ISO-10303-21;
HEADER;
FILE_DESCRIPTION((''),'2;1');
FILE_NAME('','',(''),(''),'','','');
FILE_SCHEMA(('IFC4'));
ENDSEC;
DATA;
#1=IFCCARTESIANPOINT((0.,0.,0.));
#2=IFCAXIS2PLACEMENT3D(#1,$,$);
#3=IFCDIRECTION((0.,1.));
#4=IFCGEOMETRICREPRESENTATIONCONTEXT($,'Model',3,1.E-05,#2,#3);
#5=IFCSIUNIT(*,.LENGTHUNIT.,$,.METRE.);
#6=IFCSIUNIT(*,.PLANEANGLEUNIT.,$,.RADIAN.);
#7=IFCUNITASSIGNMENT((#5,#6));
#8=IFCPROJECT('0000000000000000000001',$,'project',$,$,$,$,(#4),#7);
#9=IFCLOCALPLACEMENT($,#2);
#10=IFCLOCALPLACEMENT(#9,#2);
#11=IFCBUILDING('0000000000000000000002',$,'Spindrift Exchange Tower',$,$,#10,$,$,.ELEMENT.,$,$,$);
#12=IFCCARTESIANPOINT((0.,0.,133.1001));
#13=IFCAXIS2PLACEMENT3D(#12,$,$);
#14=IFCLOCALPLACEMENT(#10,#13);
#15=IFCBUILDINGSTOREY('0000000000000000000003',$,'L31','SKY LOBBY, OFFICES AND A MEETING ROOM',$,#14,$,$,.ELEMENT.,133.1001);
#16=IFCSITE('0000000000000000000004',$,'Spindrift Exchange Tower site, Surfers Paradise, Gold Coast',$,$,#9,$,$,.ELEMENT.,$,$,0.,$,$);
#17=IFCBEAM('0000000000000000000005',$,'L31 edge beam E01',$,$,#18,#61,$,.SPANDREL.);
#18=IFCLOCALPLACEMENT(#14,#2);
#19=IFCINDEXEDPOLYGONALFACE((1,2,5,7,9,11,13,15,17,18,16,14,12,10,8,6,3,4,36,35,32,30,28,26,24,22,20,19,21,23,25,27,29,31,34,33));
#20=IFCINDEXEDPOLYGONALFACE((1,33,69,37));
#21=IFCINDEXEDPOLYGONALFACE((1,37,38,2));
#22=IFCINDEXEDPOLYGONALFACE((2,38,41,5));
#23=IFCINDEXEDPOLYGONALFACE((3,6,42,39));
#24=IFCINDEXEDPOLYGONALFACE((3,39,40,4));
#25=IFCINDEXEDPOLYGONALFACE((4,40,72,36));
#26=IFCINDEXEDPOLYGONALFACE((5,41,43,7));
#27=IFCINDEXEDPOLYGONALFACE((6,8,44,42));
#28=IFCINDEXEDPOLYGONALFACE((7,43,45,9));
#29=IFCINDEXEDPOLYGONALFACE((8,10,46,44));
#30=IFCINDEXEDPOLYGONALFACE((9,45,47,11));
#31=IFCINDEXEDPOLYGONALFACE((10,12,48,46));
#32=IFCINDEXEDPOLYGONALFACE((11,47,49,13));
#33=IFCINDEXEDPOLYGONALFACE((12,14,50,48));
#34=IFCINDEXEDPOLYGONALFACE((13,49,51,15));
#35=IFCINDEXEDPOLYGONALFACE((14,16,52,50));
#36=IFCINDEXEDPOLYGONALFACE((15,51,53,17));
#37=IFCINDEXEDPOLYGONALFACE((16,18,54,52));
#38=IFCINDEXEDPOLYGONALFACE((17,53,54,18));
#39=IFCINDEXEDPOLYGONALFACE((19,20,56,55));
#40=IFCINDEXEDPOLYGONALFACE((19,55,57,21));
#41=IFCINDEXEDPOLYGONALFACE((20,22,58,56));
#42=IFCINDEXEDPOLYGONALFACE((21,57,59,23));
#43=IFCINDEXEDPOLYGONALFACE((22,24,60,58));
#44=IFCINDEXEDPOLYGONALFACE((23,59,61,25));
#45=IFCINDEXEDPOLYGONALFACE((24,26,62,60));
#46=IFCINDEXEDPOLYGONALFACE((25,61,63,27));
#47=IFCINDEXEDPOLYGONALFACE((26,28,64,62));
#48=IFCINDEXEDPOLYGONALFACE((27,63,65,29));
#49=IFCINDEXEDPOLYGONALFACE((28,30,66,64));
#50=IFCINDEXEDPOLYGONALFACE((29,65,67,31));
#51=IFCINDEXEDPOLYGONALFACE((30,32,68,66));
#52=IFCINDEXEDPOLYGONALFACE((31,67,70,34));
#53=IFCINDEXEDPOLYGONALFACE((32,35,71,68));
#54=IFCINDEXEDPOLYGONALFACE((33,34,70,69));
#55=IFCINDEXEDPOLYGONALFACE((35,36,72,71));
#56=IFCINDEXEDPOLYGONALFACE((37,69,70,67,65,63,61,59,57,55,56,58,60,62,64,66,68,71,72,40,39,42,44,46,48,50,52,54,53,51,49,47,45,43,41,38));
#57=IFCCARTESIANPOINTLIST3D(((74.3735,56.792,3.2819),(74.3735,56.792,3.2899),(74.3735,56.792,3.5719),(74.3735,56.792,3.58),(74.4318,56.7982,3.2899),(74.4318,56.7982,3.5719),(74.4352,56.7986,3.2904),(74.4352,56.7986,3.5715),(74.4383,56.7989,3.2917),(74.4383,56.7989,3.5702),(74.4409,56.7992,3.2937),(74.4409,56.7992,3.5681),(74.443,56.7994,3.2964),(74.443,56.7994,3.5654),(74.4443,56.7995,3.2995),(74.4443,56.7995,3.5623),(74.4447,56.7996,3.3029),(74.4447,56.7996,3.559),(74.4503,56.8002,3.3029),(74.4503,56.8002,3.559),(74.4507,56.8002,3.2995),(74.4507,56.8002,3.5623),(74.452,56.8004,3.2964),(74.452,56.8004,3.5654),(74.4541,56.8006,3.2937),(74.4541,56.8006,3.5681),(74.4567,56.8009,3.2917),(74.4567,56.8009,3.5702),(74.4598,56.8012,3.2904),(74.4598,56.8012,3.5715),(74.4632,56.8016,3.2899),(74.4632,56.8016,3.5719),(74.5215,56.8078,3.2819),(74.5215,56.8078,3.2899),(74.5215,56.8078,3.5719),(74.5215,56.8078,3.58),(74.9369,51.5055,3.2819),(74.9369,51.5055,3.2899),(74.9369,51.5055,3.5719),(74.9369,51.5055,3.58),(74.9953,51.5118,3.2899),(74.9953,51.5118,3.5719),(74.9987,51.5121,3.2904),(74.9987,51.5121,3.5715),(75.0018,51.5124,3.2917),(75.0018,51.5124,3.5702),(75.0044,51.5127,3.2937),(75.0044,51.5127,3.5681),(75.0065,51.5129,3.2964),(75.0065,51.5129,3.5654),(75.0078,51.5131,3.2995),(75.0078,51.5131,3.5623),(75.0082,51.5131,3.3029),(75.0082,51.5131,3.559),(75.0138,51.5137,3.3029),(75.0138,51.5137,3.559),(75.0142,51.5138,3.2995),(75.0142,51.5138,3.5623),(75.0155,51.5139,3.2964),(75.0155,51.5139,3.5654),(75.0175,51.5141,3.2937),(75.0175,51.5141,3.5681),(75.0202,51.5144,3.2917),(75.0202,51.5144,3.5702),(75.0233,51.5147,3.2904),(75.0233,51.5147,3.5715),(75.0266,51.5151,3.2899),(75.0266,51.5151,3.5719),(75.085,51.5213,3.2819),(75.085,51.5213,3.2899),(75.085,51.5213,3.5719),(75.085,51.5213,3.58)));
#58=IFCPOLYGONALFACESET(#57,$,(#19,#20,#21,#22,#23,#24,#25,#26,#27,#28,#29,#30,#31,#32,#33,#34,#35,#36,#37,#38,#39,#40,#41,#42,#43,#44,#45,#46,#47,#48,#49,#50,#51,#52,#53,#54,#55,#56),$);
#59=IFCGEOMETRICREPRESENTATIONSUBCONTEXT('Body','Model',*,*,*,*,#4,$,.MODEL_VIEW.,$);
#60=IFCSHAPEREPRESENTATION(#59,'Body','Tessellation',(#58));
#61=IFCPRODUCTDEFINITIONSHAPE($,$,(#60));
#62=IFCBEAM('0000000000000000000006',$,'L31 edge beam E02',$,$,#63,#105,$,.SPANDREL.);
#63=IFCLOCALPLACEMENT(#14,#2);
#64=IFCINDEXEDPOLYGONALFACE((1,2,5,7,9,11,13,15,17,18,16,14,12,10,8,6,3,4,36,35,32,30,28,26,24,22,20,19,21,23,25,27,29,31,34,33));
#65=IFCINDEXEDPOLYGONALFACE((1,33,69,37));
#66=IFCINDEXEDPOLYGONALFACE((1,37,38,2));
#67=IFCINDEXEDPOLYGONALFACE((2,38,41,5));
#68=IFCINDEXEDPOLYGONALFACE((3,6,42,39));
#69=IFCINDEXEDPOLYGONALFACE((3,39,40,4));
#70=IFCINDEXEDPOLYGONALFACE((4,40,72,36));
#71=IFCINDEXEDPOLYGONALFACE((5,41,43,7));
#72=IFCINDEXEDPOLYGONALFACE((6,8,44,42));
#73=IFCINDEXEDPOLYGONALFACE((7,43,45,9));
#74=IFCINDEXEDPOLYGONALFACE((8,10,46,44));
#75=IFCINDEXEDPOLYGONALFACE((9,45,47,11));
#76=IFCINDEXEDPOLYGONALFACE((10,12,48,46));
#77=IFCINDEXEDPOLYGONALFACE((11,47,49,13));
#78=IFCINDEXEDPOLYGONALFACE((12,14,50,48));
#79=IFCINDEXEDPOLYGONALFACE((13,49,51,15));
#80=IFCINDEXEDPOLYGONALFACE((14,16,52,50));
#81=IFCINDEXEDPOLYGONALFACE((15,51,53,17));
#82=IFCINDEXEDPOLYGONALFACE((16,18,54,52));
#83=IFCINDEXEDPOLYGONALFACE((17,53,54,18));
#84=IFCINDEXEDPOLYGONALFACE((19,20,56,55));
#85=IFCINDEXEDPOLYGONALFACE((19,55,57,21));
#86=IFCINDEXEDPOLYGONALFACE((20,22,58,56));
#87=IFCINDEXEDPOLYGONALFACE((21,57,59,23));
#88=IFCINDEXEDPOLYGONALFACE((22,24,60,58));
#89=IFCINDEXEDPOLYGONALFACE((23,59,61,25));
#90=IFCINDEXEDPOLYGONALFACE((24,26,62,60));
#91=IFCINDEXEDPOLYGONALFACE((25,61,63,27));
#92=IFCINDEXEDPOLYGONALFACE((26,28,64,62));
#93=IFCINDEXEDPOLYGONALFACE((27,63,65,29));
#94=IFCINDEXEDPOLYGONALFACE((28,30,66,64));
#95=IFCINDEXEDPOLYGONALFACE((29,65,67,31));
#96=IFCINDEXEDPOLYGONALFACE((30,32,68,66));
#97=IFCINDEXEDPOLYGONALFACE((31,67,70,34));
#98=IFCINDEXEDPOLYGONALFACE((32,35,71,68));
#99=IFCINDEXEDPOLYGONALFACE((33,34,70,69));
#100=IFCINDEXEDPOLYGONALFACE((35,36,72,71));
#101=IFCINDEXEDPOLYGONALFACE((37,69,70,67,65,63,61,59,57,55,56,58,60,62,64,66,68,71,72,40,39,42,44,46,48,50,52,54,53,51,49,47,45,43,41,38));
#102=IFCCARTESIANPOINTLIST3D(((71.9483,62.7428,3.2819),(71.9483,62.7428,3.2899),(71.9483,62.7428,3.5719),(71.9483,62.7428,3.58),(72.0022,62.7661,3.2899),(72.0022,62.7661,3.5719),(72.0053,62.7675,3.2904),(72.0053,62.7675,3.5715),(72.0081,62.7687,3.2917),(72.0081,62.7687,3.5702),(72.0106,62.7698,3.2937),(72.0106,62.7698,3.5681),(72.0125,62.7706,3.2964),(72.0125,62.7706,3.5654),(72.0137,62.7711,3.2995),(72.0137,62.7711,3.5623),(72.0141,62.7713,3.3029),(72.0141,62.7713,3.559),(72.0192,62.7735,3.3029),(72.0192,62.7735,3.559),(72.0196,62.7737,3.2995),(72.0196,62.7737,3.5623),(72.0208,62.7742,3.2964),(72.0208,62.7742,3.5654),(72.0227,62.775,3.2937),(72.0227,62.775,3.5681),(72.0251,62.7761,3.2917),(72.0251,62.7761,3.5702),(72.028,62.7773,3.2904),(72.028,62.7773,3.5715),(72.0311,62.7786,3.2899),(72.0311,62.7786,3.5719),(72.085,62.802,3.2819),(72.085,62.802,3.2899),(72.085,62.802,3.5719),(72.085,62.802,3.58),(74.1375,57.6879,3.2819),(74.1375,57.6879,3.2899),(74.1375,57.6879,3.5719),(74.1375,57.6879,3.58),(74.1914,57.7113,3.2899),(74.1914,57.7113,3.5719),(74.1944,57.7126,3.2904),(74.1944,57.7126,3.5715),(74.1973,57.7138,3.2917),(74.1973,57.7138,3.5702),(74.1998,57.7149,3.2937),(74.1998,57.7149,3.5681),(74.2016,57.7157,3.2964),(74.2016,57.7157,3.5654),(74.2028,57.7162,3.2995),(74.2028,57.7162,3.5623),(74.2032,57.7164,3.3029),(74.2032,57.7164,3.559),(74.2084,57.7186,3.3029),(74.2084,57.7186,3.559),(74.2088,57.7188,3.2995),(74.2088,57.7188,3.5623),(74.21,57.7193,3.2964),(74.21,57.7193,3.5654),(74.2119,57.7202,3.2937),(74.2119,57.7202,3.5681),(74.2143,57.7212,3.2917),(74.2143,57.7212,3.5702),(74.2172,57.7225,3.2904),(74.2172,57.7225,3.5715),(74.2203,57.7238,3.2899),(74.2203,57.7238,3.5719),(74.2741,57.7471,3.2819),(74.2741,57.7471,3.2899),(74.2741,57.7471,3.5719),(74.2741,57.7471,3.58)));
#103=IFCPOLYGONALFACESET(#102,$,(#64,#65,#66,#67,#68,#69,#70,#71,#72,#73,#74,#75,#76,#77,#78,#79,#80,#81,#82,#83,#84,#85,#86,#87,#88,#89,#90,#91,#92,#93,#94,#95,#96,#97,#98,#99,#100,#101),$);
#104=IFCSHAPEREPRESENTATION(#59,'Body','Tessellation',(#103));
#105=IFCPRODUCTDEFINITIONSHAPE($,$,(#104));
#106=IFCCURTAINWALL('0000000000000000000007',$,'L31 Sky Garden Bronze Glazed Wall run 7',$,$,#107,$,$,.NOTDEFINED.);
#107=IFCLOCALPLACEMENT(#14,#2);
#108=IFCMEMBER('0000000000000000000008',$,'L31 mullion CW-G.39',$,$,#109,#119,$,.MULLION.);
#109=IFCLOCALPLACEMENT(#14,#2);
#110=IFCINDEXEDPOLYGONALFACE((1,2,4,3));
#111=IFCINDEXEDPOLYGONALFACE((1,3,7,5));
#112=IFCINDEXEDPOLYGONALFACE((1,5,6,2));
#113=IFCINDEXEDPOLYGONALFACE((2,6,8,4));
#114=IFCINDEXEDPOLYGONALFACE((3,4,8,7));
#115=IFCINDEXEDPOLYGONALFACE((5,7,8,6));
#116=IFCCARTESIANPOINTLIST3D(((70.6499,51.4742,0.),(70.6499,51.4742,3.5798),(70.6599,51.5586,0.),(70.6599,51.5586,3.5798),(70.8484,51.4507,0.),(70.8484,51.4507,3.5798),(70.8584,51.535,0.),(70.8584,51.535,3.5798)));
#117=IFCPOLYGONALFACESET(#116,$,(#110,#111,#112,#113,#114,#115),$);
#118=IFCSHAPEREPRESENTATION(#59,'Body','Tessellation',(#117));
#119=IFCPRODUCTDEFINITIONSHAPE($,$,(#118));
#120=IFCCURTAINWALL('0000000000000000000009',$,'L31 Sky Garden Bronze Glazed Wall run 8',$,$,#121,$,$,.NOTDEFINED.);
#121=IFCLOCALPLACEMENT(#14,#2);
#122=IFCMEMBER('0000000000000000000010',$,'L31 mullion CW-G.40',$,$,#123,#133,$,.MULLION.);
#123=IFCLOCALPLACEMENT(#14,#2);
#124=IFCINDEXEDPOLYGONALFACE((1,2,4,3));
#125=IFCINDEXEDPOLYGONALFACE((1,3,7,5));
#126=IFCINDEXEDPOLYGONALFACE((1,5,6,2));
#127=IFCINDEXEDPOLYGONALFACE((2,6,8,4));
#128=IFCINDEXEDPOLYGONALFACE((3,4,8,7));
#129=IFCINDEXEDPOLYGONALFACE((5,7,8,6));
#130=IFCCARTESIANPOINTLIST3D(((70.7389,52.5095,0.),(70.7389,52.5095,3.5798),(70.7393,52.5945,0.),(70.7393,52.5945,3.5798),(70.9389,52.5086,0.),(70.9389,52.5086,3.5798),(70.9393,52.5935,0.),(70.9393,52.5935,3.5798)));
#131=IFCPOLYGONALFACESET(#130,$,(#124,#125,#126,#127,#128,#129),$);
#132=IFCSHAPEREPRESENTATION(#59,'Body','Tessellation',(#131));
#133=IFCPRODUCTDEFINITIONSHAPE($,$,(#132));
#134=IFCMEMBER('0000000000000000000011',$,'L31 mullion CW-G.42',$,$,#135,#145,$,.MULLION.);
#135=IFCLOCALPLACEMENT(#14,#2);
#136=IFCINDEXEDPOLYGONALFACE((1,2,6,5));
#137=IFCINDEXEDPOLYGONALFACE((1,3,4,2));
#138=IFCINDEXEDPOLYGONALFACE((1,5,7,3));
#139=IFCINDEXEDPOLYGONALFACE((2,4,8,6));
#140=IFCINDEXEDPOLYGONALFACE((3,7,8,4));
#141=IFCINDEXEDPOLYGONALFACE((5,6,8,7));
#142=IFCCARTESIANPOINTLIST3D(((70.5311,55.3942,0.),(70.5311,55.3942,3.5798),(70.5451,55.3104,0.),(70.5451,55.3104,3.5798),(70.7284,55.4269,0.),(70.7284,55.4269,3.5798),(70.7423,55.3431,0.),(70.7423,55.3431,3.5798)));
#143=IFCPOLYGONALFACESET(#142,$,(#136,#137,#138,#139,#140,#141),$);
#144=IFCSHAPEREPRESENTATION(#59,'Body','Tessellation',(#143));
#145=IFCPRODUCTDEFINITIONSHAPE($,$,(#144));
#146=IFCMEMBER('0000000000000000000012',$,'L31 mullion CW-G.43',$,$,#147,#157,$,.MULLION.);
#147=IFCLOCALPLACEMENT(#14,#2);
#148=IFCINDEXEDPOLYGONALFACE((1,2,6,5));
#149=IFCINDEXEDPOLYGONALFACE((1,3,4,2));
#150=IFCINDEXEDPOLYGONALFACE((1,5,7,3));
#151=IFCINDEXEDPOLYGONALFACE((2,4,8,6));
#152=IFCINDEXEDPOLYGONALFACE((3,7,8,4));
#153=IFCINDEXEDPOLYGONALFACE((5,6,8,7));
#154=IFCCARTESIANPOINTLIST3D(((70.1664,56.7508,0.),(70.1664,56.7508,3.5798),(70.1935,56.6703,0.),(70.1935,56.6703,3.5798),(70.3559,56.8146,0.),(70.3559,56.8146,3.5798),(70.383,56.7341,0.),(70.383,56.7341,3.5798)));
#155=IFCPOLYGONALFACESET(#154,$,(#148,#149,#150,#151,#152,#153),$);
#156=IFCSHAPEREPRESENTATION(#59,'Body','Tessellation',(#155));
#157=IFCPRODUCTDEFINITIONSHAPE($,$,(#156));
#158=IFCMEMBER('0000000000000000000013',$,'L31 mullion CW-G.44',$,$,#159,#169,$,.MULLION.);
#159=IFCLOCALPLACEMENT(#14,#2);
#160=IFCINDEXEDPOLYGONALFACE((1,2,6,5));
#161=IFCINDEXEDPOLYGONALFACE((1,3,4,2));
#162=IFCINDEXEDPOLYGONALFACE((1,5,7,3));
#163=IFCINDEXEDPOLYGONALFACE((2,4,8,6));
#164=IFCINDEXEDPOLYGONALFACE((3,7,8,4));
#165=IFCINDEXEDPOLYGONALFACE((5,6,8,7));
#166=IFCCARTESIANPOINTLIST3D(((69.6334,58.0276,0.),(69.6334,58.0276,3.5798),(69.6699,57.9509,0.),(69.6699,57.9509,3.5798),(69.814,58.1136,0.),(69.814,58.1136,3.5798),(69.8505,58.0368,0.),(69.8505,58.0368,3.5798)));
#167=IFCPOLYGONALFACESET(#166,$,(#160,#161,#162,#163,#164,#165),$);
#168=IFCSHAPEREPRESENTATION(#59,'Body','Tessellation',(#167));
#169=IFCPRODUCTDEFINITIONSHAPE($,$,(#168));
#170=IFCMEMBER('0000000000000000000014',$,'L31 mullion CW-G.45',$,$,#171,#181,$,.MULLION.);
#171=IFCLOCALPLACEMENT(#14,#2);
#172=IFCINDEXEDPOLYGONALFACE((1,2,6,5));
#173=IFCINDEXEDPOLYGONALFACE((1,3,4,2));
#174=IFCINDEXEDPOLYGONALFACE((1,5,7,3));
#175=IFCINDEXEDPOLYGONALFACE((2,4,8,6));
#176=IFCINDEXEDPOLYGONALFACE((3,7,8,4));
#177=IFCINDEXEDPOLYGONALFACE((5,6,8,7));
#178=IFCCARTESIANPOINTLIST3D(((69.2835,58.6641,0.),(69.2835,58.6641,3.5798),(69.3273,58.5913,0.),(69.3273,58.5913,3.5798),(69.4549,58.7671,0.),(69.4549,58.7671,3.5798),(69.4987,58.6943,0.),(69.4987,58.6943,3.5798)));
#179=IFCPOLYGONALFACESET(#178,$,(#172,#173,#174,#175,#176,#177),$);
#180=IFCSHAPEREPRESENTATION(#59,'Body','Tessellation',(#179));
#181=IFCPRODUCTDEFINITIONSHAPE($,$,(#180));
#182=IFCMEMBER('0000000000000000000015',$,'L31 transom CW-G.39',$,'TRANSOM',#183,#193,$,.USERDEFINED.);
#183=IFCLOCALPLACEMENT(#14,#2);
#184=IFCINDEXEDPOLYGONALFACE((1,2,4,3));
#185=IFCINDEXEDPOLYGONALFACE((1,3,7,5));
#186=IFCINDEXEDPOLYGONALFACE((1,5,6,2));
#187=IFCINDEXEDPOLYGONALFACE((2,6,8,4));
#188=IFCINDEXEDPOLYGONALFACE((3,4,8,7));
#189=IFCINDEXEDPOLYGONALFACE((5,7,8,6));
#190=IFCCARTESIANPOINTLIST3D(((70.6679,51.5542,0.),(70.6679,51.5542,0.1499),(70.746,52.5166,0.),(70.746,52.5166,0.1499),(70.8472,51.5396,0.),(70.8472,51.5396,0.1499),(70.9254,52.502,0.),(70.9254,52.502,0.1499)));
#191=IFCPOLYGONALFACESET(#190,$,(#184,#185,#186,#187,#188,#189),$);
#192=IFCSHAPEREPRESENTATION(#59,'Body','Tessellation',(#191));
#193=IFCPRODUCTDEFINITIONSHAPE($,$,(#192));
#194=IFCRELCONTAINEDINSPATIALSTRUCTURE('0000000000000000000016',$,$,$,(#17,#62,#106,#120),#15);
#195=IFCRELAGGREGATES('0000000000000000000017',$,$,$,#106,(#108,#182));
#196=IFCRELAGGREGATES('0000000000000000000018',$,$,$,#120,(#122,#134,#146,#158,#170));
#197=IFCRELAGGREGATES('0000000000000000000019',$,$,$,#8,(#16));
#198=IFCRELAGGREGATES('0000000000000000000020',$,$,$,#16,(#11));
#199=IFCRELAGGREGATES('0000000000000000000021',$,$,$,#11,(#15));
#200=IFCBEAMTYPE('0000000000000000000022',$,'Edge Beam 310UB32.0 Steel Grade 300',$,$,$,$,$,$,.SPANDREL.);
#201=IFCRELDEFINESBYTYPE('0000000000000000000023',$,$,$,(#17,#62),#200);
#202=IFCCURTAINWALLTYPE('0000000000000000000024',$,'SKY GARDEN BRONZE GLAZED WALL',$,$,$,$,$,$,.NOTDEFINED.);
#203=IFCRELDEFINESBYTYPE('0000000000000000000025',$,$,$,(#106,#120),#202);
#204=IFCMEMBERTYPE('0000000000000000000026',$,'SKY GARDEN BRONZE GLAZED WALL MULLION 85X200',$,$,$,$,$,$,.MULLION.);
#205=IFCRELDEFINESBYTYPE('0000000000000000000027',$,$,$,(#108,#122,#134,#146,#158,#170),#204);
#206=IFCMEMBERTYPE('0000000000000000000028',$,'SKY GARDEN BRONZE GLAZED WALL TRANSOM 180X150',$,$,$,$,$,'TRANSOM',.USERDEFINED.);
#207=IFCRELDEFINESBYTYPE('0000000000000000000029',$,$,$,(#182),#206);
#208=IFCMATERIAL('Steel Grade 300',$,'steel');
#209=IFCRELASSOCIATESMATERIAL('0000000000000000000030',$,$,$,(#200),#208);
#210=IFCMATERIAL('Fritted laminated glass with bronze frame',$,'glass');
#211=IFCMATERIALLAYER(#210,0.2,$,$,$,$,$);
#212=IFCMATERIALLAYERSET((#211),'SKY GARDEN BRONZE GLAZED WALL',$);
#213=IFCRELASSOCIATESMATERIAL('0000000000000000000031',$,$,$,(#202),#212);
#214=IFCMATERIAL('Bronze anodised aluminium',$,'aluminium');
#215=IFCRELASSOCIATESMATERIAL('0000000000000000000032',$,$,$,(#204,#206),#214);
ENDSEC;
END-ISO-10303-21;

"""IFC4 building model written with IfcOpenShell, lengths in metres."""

from ifc_helpers import new_model, si_unit, direction, frame, origin, origin_2d, place, context, subcontext, project, spatial, rectangle, i_section, extrude, source, transform, mapped, material, layer, layer_set, material_profile, profile_set, type_object, element, aggregate, save


model = new_model("IFC4")

# Units and contexts
model_context = context("Model", 3, precision=1e-05, world=origin(), true_north=direction((0.0, 1.0)))
body_context = subcontext(model_context, "Body", "Model", "MODEL_VIEW")
ifc_project = project(units=[si_unit("LENGTHUNIT", "METRE"), si_unit("PLANEANGLEUNIT", "RADIAN")], contexts=[model_context])

# Site, building, storey
site_placement = place(None, origin())
site = spatial("IfcSite", under=ifc_project, at=site_placement, Name="Spindrift Exchange Tower site, Surfers Paradise, Gold Coast", CompositionType="ELEMENT", RefElevation=0.0)
building_placement = place(site_placement, origin())
building = spatial("IfcBuilding", under=site, at=building_placement, Name="Spindrift Exchange Tower", CompositionType="ELEMENT")
storey_placement = place(building_placement, frame((0.0, 0.0, 133.1001)))
storey = spatial("IfcBuildingStorey", under=building, at=storey_placement, Name="L31", Description="SKY LOBBY, OFFICES AND A MEETING ROOM", CompositionType="ELEMENT", Elevation=133.1001)

# Beams
ifc_material_1 = material(Name="Steel Grade 300", Category="steel")
ifc_material_profile_1 = material_profile(ifc_material_1, i_section(OverallWidth=0.1489, OverallDepth=0.2981, WebThickness=0.0056, FlangeThickness=0.0081, FilletRadius=0.0129, at=origin_2d()), Name="310UB32.0")
ifc_profile_set_1 = profile_set([ifc_material_profile_1], Name="Steel Grade 300")
beam_type_1 = type_object("IfcBeamType", Name="Edge Beam 310UB32.0 Steel Grade 300", PredefinedType="SPANDREL", material=ifc_profile_set_1)
shared_shape_1 = source(origin(), body_context, "Body", "SweptSolid", [
    extrude(i_section(OverallWidth=0.1489, OverallDepth=0.2981, WebThickness=0.0056, FlangeThickness=0.0081, FilletRadius=0.0129, at=origin_2d()), origin(), (0.0, 0.0, 1.0), 5.3164),
])
beam_1_placement = place(storey_placement, frame((75.011, 51.5134, 3.4309), z_axis=(-0.10599, 0.994367, 0.0), x_axis=(-0.994367, -0.10599, 0.0)))
element("IfcBeam", 1, at=beam_1_placement, inside=storey, type_object=beam_type_1, Name="L31 edge beam E01", PredefinedType="SPANDREL", context=body_context, shape_type="MappedRepresentation", body=[
    mapped(shared_shape_1, transform((0.0, 0.0, 0.0), scale=1.0)),
])
shared_shape_2 = source(origin(), body_context, "Body", "SweptSolid", [
    extrude(i_section(OverallWidth=0.1489, OverallDepth=0.2981, WebThickness=0.0056, FlangeThickness=0.0081, FilletRadius=0.0129, at=origin_2d()), origin(), (0.0, 0.0, 1.0), 5.5085),
])
beam_2_placement = place(storey_placement, frame((74.2058, 57.7175, 3.4309), z_axis=(-0.397415, 0.917639, 0.0), x_axis=(-0.917639, -0.397415, 0.0)))
element("IfcBeam", 2, at=beam_2_placement, inside=storey, type_object=beam_type_1, Name="L31 edge beam E02", PredefinedType="SPANDREL", context=body_context, shape_type="MappedRepresentation", body=[
    mapped(shared_shape_2, transform((0.0, 0.0, 0.0), scale=1.0)),
])

# Curtain wall, member
ifc_material_2 = material(Name="Fritted laminated glass with bronze frame", Category="glass")
ifc_layer_1 = layer(ifc_material_2, 0.2)
ifc_layer_set_1 = layer_set([ifc_layer_1], Name="SKY GARDEN BRONZE GLAZED WALL")
curtain_wall_type = type_object("IfcCurtainWallType", Name="SKY GARDEN BRONZE GLAZED WALL", PredefinedType="NOTDEFINED", material=ifc_layer_set_1)
curtain_wall_1_placement = place(storey_placement, origin())
curtain_wall_1 = element("IfcCurtainWall", 3, at=curtain_wall_1_placement, inside=storey, type_object=curtain_wall_type, Name="L31 Sky Garden Bronze Glazed Wall run 7", PredefinedType="NOTDEFINED")
ifc_material_3 = material(Name="Bronze anodised aluminium", Category="aluminium")
ifc_material_profile_2 = material_profile(ifc_material_3, rectangle(XDim=0.085, YDim=0.2, at=origin_2d()), Name="SKY GARDEN BRONZE GLAZED WALL MULLION 85X200")
ifc_profile_set_2 = profile_set([ifc_material_profile_2], Name="Bronze anodised aluminium")
member_type_1 = type_object("IfcMemberType", Name="SKY GARDEN BRONZE GLAZED WALL MULLION 85X200", PredefinedType="MULLION", material=ifc_profile_set_2)
shared_shape_3 = source(origin(), body_context, "Body", "SweptSolid", [
    extrude(rectangle(XDim=0.085, YDim=0.2, at=origin_2d()), origin(), (0.0, 0.0, 1.0), 3.5798),
])
member_1_placement = place(storey_placement, frame((70.7542, 51.5046, 0.0), z_axis=(0.0, 0.0, 1.0), x_axis=(0.11789, 0.993027, 0.0)))
member_1 = element("IfcMember", 4, at=member_1_placement, type_object=member_type_1, Name="L31 mullion CW-G.39", PredefinedType="MULLION", context=body_context, shape_type="MappedRepresentation", body=[
    mapped(shared_shape_3, transform((0.0, 0.0, 0.0), scale=1.0)),
])

# Curtain wall, members
curtain_wall_2_placement = place(storey_placement, origin())
curtain_wall_2 = element("IfcCurtainWall", 5, at=curtain_wall_2_placement, inside=storey, type_object=curtain_wall_type, Name="L31 Sky Garden Bronze Glazed Wall run 8", PredefinedType="NOTDEFINED")
member_2_placement = place(storey_placement, frame((70.8391, 52.5515, 0.0), z_axis=(0.0, 0.0, 1.0), x_axis=(0.004652, 0.999989, 0.0)))
member_2 = element("IfcMember", 6, at=member_2_placement, type_object=member_type_1, Name="L31 mullion CW-G.40", PredefinedType="MULLION", context=body_context, shape_type="MappedRepresentation", body=[
    mapped(shared_shape_3, transform((0.0, 0.0, 0.0), scale=1.0)),
])
member_3_placement = place(storey_placement, frame((70.6367, 55.3687, 0.0), z_axis=(0.0, 0.0, 1.0), x_axis=(-0.163944, 0.98647, 0.0)))
member_3 = element("IfcMember", 7, at=member_3_placement, type_object=member_type_1, Name="L31 mullion CW-G.42", PredefinedType="MULLION", context=body_context, shape_type="MappedRepresentation", body=[
    mapped(shared_shape_3, transform((0.0, 0.0, 0.0), scale=1.0)),
])
member_4_placement = place(storey_placement, frame((70.2747, 56.7424, 0.0), z_axis=(0.0, 0.0, 1.0), x_axis=(-0.318984, 0.94776, 0.0)))
member_4 = element("IfcMember", 8, at=member_4_placement, type_object=member_type_1, Name="L31 mullion CW-G.43", PredefinedType="MULLION", context=body_context, shape_type="MappedRepresentation", body=[
    mapped(shared_shape_3, transform((0.0, 0.0, 0.0), scale=1.0)),
])
member_5_placement = place(storey_placement, frame((69.7419, 58.0322, 0.0), z_axis=(0.0, 0.0, 1.0), x_axis=(-0.429782, 0.902932, 0.0)))
member_5 = element("IfcMember", 9, at=member_5_placement, type_object=member_type_1, Name="L31 mullion CW-G.44", PredefinedType="MULLION", context=body_context, shape_type="MappedRepresentation", body=[
    mapped(shared_shape_3, transform((0.0, 0.0, 0.0), scale=1.0)),
])
member_6_placement = place(storey_placement, frame((69.3911, 58.6792, 0.0), z_axis=(0.0, 0.0, 1.0), x_axis=(-0.514968, 0.857209, 0.0)))
member_6 = element("IfcMember", 10, at=member_6_placement, type_object=member_type_1, Name="L31 mullion CW-G.45", PredefinedType="MULLION", context=body_context, shape_type="MappedRepresentation", body=[
    mapped(shared_shape_3, transform((0.0, 0.0, 0.0), scale=1.0)),
])

# Member
ifc_material_profile_3 = material_profile(ifc_material_3, rectangle(XDim=0.1799, YDim=0.1499, at=origin_2d()), Name="SKY GARDEN BRONZE GLAZED WALL TRANSOM 180X150")
ifc_profile_set_3 = profile_set([ifc_material_profile_3], Name="Bronze anodised aluminium")
member_type_2 = type_object("IfcMemberType", Name="SKY GARDEN BRONZE GLAZED WALL TRANSOM 180X150", ElementType="TRANSOM", PredefinedType="USERDEFINED", material=ifc_profile_set_3)
shared_shape_4 = source(origin(), body_context, "Body", "SweptSolid", [
    extrude(rectangle(XDim=0.1799, YDim=0.1499, at=origin_2d()), origin(), (0.0, 0.0, 1.0), 0.9656),
])
member_7_placement = place(storey_placement, frame((70.7576, 51.5469, 0.075), z_axis=(0.080911, 0.996721, 0.0), x_axis=(-0.996721, 0.080911, 0.0)))
member_7 = element("IfcMember", 11, at=member_7_placement, type_object=member_type_2, Name="L31 transom CW-G.39", ObjectType="TRANSOM", PredefinedType="USERDEFINED", context=body_context, shape_type="MappedRepresentation", body=[
    mapped(shared_shape_4, transform((0.0, 0.0, 0.0), scale=1.0)),
])

aggregate(curtain_wall_1, [member_1, member_7])
aggregate(curtain_wall_2, [member_2, member_3, member_4, member_5, member_6])

save(model, "model.ifc")
